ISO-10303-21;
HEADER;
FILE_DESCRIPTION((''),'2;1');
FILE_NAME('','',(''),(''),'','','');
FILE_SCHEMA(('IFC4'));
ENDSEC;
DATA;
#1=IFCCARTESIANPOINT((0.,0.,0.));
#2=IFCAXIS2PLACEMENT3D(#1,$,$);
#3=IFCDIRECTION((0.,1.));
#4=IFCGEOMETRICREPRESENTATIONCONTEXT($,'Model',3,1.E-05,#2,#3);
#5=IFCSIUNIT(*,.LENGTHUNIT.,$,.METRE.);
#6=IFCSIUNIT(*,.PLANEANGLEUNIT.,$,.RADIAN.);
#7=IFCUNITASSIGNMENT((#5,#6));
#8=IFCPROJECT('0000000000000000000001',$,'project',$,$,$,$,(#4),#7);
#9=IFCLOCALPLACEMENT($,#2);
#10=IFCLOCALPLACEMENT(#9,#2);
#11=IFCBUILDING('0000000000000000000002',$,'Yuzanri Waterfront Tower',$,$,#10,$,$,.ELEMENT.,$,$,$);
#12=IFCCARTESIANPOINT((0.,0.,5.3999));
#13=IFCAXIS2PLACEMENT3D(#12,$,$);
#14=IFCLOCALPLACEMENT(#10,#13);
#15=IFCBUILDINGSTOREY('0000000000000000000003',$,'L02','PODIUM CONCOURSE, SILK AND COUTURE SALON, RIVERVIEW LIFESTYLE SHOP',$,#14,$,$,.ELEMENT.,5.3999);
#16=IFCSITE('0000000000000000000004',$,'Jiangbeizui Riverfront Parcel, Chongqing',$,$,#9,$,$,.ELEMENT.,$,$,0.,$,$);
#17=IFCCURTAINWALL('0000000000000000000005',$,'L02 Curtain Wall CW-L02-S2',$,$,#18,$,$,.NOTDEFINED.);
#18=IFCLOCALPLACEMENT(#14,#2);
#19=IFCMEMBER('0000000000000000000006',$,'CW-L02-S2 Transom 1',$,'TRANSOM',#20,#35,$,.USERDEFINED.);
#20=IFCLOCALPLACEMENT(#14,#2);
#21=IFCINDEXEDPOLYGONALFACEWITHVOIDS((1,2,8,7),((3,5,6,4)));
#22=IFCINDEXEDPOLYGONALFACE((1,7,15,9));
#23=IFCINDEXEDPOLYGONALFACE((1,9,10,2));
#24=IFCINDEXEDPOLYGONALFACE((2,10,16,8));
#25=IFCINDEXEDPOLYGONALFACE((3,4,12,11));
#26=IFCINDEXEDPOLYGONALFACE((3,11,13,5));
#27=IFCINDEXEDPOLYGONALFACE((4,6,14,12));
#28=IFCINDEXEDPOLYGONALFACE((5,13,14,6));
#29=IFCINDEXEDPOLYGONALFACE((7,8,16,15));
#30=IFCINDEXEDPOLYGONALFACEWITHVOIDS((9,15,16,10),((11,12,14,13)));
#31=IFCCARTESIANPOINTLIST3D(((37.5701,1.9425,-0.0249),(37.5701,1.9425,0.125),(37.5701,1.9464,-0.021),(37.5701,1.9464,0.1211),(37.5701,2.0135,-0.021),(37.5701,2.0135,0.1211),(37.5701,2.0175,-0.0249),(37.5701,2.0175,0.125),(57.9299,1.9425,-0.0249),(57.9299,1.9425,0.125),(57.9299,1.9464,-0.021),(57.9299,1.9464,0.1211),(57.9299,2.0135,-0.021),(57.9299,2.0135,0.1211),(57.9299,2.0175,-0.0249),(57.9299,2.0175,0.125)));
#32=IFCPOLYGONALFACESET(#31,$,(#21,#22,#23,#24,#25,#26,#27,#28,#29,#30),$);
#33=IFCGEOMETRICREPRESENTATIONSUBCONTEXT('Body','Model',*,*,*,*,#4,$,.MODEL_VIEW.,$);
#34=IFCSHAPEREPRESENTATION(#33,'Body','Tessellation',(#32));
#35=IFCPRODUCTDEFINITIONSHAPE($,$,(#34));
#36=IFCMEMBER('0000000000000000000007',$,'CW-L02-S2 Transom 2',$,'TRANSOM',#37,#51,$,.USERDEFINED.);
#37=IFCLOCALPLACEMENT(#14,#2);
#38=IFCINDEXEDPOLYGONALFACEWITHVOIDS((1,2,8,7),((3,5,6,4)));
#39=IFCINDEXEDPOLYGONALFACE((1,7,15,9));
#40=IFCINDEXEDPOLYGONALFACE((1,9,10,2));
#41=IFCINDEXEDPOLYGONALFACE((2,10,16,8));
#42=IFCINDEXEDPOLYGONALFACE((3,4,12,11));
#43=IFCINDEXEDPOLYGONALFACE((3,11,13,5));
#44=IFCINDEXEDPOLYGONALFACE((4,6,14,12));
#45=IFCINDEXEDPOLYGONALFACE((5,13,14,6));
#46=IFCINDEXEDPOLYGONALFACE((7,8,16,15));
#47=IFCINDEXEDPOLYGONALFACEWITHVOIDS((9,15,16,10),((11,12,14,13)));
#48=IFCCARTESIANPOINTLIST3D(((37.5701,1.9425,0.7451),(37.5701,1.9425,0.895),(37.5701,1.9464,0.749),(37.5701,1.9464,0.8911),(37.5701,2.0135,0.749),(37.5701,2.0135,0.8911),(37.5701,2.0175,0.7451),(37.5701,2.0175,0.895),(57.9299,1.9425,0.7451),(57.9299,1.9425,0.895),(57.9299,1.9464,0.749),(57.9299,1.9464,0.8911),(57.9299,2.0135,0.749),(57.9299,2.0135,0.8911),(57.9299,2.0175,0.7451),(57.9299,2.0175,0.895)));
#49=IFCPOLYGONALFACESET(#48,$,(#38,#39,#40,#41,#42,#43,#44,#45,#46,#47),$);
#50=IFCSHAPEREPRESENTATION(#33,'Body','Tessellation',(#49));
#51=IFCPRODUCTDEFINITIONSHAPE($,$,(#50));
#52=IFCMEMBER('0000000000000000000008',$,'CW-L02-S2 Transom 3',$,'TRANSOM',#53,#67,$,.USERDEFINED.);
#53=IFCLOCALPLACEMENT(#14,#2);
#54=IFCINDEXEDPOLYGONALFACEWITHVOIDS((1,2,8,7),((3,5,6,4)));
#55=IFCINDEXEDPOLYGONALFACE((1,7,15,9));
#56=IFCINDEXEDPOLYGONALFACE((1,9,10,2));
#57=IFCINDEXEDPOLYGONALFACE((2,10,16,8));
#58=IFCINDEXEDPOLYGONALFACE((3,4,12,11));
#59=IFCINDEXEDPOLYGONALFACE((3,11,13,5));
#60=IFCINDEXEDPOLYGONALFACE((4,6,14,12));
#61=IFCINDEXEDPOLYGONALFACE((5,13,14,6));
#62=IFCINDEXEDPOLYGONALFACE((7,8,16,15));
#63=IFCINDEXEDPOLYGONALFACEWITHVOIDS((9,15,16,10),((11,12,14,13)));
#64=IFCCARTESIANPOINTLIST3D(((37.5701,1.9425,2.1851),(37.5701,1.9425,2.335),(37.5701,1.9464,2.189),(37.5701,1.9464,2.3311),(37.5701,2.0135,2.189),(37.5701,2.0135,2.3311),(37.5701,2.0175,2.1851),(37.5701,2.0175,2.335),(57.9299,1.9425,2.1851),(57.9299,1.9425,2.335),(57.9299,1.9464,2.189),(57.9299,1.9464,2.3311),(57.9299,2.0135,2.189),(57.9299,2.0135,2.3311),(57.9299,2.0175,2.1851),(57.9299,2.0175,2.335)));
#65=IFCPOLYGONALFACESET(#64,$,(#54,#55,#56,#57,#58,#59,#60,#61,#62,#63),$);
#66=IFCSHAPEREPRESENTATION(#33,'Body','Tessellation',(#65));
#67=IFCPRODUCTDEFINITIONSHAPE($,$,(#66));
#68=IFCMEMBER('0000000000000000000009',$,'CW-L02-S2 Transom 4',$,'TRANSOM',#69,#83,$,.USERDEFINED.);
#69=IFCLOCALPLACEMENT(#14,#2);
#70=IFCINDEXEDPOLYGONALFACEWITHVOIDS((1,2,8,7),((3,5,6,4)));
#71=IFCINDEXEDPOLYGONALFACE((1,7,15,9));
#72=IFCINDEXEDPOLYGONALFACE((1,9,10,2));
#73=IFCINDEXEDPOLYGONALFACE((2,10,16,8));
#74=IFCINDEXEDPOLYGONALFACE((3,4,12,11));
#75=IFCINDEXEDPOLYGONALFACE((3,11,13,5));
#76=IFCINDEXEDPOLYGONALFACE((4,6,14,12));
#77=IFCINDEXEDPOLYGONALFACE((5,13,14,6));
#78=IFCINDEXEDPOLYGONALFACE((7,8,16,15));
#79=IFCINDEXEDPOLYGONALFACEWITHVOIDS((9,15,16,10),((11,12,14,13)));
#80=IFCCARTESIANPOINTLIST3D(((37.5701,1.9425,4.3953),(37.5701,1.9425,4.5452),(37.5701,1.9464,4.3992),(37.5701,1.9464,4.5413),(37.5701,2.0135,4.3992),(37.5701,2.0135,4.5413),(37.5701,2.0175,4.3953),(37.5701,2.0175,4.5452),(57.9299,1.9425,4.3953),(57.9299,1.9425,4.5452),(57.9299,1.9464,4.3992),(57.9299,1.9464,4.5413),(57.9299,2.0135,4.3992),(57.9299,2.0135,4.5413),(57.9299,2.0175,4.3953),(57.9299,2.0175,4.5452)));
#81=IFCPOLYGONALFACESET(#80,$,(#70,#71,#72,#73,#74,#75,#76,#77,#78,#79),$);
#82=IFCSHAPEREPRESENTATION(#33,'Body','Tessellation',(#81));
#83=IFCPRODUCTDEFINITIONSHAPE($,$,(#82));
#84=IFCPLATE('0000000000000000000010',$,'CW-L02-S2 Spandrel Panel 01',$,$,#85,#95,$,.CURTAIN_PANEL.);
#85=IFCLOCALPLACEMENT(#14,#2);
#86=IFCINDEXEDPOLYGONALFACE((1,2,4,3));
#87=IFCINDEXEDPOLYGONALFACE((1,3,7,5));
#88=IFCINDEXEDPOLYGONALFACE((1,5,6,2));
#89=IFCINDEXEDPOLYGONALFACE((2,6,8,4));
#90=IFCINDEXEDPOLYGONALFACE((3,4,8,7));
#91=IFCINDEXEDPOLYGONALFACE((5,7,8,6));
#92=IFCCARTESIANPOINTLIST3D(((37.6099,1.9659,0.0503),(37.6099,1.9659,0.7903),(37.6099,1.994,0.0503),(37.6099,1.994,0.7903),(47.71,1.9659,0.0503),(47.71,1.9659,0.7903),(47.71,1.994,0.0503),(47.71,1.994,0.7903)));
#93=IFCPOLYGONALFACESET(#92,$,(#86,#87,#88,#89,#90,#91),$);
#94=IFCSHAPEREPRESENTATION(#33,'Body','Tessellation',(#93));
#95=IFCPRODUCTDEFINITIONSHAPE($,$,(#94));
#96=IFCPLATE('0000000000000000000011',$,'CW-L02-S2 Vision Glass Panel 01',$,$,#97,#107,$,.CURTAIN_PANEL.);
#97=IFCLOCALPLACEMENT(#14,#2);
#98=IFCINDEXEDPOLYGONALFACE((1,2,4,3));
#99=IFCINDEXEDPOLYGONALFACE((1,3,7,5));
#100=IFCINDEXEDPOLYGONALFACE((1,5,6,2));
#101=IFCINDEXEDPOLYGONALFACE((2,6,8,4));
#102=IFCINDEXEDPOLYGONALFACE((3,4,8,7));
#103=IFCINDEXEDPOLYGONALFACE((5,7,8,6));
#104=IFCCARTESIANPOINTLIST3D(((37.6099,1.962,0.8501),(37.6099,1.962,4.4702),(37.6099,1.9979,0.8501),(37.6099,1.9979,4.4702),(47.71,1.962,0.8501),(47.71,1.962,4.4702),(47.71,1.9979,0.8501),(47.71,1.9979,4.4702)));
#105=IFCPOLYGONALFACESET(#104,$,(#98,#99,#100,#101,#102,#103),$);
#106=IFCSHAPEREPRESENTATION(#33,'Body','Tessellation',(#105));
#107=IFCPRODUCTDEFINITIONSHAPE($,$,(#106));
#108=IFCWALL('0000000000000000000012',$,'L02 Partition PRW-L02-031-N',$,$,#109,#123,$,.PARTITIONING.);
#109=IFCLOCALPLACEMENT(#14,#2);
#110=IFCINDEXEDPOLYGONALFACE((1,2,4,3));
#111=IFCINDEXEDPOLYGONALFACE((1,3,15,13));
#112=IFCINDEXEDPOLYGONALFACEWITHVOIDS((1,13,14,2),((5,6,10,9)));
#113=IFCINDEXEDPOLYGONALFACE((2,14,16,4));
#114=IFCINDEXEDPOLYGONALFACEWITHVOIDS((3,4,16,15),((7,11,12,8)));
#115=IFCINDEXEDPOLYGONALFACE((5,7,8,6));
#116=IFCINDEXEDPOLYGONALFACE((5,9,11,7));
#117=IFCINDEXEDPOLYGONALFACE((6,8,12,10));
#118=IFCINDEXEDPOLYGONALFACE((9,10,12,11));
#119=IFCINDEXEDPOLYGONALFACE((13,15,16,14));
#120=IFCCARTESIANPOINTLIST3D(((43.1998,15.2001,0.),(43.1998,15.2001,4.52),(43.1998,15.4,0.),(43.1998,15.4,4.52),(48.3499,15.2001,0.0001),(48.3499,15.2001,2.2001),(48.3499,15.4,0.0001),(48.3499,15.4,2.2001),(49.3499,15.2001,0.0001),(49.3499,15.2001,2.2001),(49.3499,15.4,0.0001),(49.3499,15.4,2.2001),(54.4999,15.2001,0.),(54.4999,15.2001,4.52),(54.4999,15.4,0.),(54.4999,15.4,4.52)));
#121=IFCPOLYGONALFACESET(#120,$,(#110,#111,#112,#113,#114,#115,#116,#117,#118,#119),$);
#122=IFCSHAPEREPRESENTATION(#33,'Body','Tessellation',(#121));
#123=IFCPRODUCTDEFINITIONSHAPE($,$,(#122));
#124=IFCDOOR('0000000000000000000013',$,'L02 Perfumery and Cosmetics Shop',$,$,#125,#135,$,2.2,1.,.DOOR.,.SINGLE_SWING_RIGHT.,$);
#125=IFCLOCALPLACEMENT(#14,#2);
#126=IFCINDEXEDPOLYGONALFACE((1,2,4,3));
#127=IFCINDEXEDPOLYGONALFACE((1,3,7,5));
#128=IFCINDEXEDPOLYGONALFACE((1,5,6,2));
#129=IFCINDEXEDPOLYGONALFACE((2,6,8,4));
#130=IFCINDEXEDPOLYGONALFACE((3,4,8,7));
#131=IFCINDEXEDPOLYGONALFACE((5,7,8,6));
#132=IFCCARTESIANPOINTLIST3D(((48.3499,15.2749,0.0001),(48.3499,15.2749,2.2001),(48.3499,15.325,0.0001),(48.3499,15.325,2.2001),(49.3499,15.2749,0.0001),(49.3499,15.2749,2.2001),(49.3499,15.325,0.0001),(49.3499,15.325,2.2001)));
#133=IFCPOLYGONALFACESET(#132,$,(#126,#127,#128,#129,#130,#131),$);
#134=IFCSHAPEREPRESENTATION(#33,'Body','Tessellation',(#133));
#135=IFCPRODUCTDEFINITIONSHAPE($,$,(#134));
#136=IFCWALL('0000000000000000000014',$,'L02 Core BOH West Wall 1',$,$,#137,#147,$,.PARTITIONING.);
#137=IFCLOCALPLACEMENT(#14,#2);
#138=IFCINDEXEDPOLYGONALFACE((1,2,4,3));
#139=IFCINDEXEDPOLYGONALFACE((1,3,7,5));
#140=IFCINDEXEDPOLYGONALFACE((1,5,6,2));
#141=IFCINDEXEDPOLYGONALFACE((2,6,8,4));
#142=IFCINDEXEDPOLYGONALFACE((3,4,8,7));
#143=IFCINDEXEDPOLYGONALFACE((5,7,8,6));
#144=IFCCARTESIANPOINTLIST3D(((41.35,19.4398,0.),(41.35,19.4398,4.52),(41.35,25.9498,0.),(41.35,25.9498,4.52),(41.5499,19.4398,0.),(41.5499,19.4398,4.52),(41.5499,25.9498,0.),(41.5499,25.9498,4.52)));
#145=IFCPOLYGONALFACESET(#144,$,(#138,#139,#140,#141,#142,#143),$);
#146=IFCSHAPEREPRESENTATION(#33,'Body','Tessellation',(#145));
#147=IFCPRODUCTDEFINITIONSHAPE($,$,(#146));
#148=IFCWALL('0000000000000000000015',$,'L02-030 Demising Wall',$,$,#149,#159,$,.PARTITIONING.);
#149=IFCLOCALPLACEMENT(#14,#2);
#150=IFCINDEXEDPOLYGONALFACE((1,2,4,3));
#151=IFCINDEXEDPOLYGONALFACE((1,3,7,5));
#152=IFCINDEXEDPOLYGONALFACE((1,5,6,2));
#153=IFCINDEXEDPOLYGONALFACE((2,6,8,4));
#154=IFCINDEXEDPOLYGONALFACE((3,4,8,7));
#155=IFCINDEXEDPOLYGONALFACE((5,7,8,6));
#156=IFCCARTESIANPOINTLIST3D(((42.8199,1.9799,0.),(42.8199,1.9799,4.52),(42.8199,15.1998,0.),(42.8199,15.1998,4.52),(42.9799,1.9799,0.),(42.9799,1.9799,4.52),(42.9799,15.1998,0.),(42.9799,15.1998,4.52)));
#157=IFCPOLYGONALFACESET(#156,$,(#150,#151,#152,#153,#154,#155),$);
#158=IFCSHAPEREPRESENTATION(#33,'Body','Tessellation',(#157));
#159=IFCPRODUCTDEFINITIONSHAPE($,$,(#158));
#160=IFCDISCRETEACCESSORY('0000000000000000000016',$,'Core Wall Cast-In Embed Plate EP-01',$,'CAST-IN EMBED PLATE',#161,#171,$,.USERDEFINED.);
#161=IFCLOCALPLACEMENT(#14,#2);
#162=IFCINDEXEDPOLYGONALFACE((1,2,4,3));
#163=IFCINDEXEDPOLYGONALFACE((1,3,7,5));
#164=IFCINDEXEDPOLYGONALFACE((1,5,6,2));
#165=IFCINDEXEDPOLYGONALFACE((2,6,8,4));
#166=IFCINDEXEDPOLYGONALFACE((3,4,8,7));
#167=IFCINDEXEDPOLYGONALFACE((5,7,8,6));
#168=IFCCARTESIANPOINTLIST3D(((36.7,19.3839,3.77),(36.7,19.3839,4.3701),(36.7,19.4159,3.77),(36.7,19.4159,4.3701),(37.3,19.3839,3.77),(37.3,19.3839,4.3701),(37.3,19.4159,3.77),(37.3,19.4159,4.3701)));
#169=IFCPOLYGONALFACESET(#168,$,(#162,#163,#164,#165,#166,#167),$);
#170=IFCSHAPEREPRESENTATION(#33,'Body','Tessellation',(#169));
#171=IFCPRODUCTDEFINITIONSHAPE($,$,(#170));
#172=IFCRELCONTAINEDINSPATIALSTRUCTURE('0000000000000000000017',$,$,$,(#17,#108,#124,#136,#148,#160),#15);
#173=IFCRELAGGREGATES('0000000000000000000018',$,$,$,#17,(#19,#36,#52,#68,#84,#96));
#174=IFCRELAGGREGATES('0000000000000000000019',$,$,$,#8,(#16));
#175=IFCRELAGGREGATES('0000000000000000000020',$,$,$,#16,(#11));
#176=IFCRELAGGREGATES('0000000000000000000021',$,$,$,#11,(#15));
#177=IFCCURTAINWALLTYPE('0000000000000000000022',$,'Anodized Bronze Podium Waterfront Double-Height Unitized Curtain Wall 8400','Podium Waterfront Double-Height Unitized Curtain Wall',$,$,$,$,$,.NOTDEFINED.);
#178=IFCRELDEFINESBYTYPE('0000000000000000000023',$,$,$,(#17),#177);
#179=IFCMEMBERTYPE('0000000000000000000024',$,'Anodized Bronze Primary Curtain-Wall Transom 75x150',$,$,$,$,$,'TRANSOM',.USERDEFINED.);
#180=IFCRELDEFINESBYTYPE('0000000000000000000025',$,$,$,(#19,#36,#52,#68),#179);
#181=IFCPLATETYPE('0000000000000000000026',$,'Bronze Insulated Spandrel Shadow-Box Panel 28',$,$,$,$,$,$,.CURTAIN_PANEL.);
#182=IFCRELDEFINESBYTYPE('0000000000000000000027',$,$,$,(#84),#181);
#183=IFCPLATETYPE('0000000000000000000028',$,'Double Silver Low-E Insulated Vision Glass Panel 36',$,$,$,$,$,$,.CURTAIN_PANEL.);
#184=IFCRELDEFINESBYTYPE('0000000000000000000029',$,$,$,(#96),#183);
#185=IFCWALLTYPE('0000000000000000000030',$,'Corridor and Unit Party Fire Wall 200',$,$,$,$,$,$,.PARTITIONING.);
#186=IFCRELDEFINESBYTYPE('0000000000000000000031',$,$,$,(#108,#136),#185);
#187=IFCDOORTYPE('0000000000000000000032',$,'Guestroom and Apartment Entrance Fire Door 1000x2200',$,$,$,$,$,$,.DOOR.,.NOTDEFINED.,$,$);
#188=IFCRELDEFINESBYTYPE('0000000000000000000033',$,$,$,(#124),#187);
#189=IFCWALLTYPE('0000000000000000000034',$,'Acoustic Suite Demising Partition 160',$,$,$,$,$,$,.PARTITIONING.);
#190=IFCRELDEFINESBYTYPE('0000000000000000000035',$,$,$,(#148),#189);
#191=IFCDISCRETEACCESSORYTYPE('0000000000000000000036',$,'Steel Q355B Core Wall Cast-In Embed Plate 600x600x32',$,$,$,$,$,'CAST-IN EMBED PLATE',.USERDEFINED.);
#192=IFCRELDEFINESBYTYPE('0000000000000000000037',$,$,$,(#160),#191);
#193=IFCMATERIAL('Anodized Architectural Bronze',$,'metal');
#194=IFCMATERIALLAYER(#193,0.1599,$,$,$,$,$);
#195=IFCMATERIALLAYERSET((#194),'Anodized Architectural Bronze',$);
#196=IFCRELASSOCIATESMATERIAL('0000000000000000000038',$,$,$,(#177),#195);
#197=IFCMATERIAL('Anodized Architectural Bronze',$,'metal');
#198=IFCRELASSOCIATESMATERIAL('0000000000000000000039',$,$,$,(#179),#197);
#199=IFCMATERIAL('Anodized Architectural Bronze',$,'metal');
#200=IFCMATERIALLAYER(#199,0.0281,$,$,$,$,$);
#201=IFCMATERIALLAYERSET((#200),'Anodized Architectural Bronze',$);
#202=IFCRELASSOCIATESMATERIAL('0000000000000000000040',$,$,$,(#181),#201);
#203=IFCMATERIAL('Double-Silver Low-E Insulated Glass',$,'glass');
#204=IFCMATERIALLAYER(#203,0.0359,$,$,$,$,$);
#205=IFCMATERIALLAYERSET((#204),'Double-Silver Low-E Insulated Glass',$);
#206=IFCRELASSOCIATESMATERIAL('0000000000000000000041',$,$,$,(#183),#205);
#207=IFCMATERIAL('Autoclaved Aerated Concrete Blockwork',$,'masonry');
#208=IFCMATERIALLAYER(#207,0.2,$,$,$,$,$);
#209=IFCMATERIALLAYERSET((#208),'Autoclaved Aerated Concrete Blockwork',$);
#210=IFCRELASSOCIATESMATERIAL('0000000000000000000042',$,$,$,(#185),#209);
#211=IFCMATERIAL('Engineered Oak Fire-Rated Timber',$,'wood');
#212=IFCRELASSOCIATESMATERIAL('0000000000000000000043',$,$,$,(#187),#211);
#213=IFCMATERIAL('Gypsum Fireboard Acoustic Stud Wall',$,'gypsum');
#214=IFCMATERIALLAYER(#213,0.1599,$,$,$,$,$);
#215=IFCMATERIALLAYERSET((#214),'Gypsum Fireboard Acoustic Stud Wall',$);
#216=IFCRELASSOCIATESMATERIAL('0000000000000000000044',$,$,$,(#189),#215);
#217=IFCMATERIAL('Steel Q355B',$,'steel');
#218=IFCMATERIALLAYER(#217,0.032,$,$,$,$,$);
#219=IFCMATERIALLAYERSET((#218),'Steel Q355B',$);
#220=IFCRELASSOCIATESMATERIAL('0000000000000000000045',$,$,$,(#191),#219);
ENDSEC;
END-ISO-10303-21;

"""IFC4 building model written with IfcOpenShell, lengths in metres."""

from ifc_helpers import new_model, si_unit, direction, frame, frame_2d, origin, origin_2d, place, context, subcontext, project, spatial, rectangle, hollow_rectangle, extrude, source, transform, mapped, material, layer, layer_set, material_profile, profile_set, type_object, element, fill, aggregate, save


model = new_model("IFC4")

# Units and contexts
model_context = context("Model", 3, precision=1e-05, world=origin(), true_north=direction((0.0, 1.0)))
body_context = subcontext(model_context, "Body", "Model", "MODEL_VIEW")
ifc_project = project(units=[si_unit("LENGTHUNIT", "METRE"), si_unit("PLANEANGLEUNIT", "RADIAN")], contexts=[model_context])

# Site, building, storey
site_placement = place(None, origin())
site = spatial("IfcSite", under=ifc_project, at=site_placement, Name="Jiangbeizui Riverfront Parcel, Chongqing", CompositionType="ELEMENT", RefElevation=0.0)
building_placement = place(site_placement, origin())
building = spatial("IfcBuilding", under=site, at=building_placement, Name="Yuzanri Waterfront Tower", CompositionType="ELEMENT")
storey_placement = place(building_placement, frame((0.0, 0.0, 5.3999)))
storey = spatial("IfcBuildingStorey", under=building, at=storey_placement, Name="L02", Description="PODIUM CONCOURSE, SILK AND COUTURE SALON, RIVERVIEW LIFESTYLE SHOP", CompositionType="ELEMENT", Elevation=5.3999)

# Curtain wall, members, plates
ifc_material_1 = material(Name="Anodized Architectural Bronze", Category="metal")
ifc_layer_1 = layer(ifc_material_1, 0.1599)
ifc_layer_set_1 = layer_set([ifc_layer_1], Name="Anodized Architectural Bronze")
curtain_wall_type = type_object("IfcCurtainWallType", Name="Anodized Bronze Podium Waterfront Double-Height Unitized Curtain Wall 8400", Description="Podium Waterfront Double-Height Unitized Curtain Wall", PredefinedType="NOTDEFINED", material=ifc_layer_set_1)
curtain_wall_placement = place(storey_placement, origin())
curtain_wall = element("IfcCurtainWall", 1, at=curtain_wall_placement, inside=storey, type_object=curtain_wall_type, Name="L02 Curtain Wall CW-L02-S2", PredefinedType="NOTDEFINED")
ifc_material_2 = material(Name="Anodized Architectural Bronze", Category="metal")
ifc_material_profile_1 = material_profile(ifc_material_2, hollow_rectangle(XDim=0.075, YDim=0.1499, WallThickness=0.0039, at=origin_2d()), Name="CWT 75x150")
ifc_profile_set_1 = profile_set([ifc_material_profile_1], Name="Anodized Architectural Bronze")
member_type_1 = type_object("IfcMemberType", Name="Anodized Bronze Primary Curtain-Wall Transom 75x150", ElementType="TRANSOM", PredefinedType="USERDEFINED", material=ifc_profile_set_1)
shared_shape_1 = source(origin(), body_context, "Body", "SweptSolid", [
    extrude(hollow_rectangle(XDim=0.075, YDim=0.1499, WallThickness=0.0039, at=origin_2d()), origin(), (0.0, 0.0, 1.0), 20.3599),
])
member_1_placement = place(storey_placement, frame((37.5701, 1.98, 0.05), z_axis=(1.0, 0.0, 0.0), x_axis=(0.0, 1.0, 0.0)))
member_1 = element("IfcMember", 2, at=member_1_placement, type_object=member_type_1, Name="CW-L02-S2 Transom 1", ObjectType="TRANSOM", PredefinedType="USERDEFINED", context=body_context, shape_type="MappedRepresentation", body=[
    mapped(shared_shape_1, transform((0.0, 0.0, 0.0), scale=1.0)),
])
member_2_placement = place(storey_placement, frame((37.5701, 1.98, 0.8201), z_axis=(1.0, 0.0, 0.0), x_axis=(0.0, 1.0, 0.0)))
member_2 = element("IfcMember", 3, at=member_2_placement, type_object=member_type_1, Name="CW-L02-S2 Transom 2", ObjectType="TRANSOM", PredefinedType="USERDEFINED", context=body_context, shape_type="MappedRepresentation", body=[
    mapped(shared_shape_1, transform((0.0, 0.0, 0.0), scale=1.0)),
])
member_3_placement = place(storey_placement, frame((37.5701, 1.98, 2.26), z_axis=(1.0, 0.0, 0.0), x_axis=(0.0, 1.0, 0.0)))
member_3 = element("IfcMember", 4, at=member_3_placement, type_object=member_type_1, Name="CW-L02-S2 Transom 3", ObjectType="TRANSOM", PredefinedType="USERDEFINED", context=body_context, shape_type="MappedRepresentation", body=[
    mapped(shared_shape_1, transform((0.0, 0.0, 0.0), scale=1.0)),
])
member_4_placement = place(storey_placement, frame((37.5701, 1.98, 4.4702), z_axis=(1.0, 0.0, 0.0), x_axis=(0.0, 1.0, 0.0)))
member_4 = element("IfcMember", 5, at=member_4_placement, type_object=member_type_1, Name="CW-L02-S2 Transom 4", ObjectType="TRANSOM", PredefinedType="USERDEFINED", context=body_context, shape_type="MappedRepresentation", body=[
    mapped(shared_shape_1, transform((0.0, 0.0, 0.0), scale=1.0)),
])
ifc_material_3 = material(Name="Anodized Architectural Bronze", Category="metal")
ifc_layer_2 = layer(ifc_material_3, 0.0281)
ifc_layer_set_2 = layer_set([ifc_layer_2], Name="Anodized Architectural Bronze")
plate_type_1 = type_object("IfcPlateType", Name="Bronze Insulated Spandrel Shadow-Box Panel 28", PredefinedType="CURTAIN_PANEL", material=ifc_layer_set_2)
shared_shape_2 = source(origin(), body_context, "Body", "SweptSolid", [
    extrude(rectangle(XDim=10.1001, YDim=0.0281, at=origin_2d()), origin(), (0.0, 0.0, 1.0), 0.74),
])
plate_1_placement = place(storey_placement, frame((42.6599, 1.98, 0.0503), z_axis=(0.0, 0.0, 1.0), x_axis=(1.0, 0.0, 0.0)))
plate_1 = element("IfcPlate", 6, at=plate_1_placement, type_object=plate_type_1, Name="CW-L02-S2 Spandrel Panel 01", PredefinedType="CURTAIN_PANEL", context=body_context, shape_type="MappedRepresentation", body=[
    mapped(shared_shape_2, transform((0.0, 0.0, 0.0), scale=1.0)),
])
ifc_material_4 = material(Name="Double-Silver Low-E Insulated Glass", Category="glass")
ifc_layer_3 = layer(ifc_material_4, 0.0359)
ifc_layer_set_3 = layer_set([ifc_layer_3], Name="Double-Silver Low-E Insulated Glass")
plate_type_2 = type_object("IfcPlateType", Name="Double Silver Low-E Insulated Vision Glass Panel 36", PredefinedType="CURTAIN_PANEL", material=ifc_layer_set_3)
shared_shape_3 = source(origin(), body_context, "Body", "SweptSolid", [
    extrude(rectangle(XDim=10.1001, YDim=0.0359, at=origin_2d()), origin(), (0.0, 0.0, 1.0), 3.6201),
])
plate_2_placement = place(storey_placement, frame((42.6599, 1.98, 0.8501), z_axis=(0.0, 0.0, 1.0), x_axis=(1.0, 0.0, 0.0)))
plate_2 = element("IfcPlate", 7, at=plate_2_placement, type_object=plate_type_2, Name="CW-L02-S2 Vision Glass Panel 01", PredefinedType="CURTAIN_PANEL", context=body_context, shape_type="MappedRepresentation", body=[
    mapped(shared_shape_3, transform((0.0, 0.0, 0.0), scale=1.0)),
])
aggregate(curtain_wall, [member_1, member_2, member_3, member_4, plate_1, plate_2])

# Wall, opening, door
ifc_material_5 = material(Name="Autoclaved Aerated Concrete Blockwork", Category="masonry")
ifc_layer_4 = layer(ifc_material_5, 0.2)
ifc_layer_set_4 = layer_set([ifc_layer_4], Name="Autoclaved Aerated Concrete Blockwork")
wall_type_1 = type_object("IfcWallType", Name="Corridor and Unit Party Fire Wall 200", PredefinedType="PARTITIONING", material=ifc_layer_set_4)
wall_1_placement = place(storey_placement, frame((43.2, 15.3, 0.0), z_axis=(0.0, 0.0, 1.0), x_axis=(1.0, 0.0, 0.0)))
wall_1 = element("IfcWall", 8, at=wall_1_placement, inside=storey, type_object=wall_type_1, Name="L02 Partition PRW-L02-031-N", PredefinedType="PARTITIONING", context=body_context, shape_type="SweptSolid", body=[
    extrude(rectangle(XDim=11.3, YDim=0.2, at=frame_2d((5.6499, 0.0))), origin(), (0.0, 0.0, 1.0), 4.52),
])
opening_placement = place(wall_1_placement, frame((5.1499, 0.0, 0.0)))
opening = element("IfcOpeningElement", 9, at=opening_placement, cuts=wall_1, PredefinedType="OPENING", context=body_context, shape_type="SweptSolid", body=[
    extrude(rectangle(XDim=1.0, YDim=2.2, at=frame_2d((0.5, 1.1001))), frame((0.0, 0.1147, 0.0), z_axis=(0.0, -1.0, 0.0), x_axis=(1.0, 0.0, 0.0)), (0.0, 0.0, 1.0), 0.2297),
])
ifc_material_6 = material(Name="Engineered Oak Fire-Rated Timber", Category="wood")
door_type = type_object("IfcDoorType", Name="Guestroom and Apartment Entrance Fire Door 1000x2200", OperationType="NOTDEFINED", PredefinedType="DOOR", material=ifc_material_6)
shared_shape_4 = source(origin(), body_context, "Body", "SweptSolid", [
    extrude(rectangle(XDim=1.0, YDim=2.2, at=frame_2d((0.5, 1.1001))), frame((0.0, 0.0249, 0.0), z_axis=(0.0, -1.0, 0.0), x_axis=(1.0, 0.0, 0.0)), (0.0, 0.0, 1.0), 0.05),
])
door_placement = place(opening_placement, origin())
door = element("IfcDoor", 10, at=door_placement, inside=storey, type_object=door_type, Name="L02 Perfumery and Cosmetics Shop", OperationType="SINGLE_SWING_RIGHT", OverallHeight=2.2, OverallWidth=1.0, PredefinedType="DOOR", context=body_context, shape_type="MappedRepresentation", body=[
    mapped(shared_shape_4, transform((0.0, 0.0, 0.0), scale=1.0)),
])
fill(opening, door)

# Walls
shared_shape_5 = source(origin(), body_context, "Body", "SweptSolid", [
    extrude(rectangle(XDim=6.51, YDim=0.2, at=frame_2d((3.2549, 0.0))), origin(), (0.0, 0.0, 1.0), 4.52),
])
wall_2_placement = place(storey_placement, frame((41.45, 19.4399, 0.0), z_axis=(0.0, 0.0, 1.0), x_axis=(0.0, 1.0, 0.0)))
element("IfcWall", 11, at=wall_2_placement, inside=storey, type_object=wall_type_1, Name="L02 Core BOH West Wall 1", PredefinedType="PARTITIONING", context=body_context, shape_type="MappedRepresentation", body=[
    mapped(shared_shape_5, transform((0.0, 0.0, 0.0), scale=1.0)),
])
ifc_material_7 = material(Name="Gypsum Fireboard Acoustic Stud Wall", Category="gypsum")
ifc_layer_5 = layer(ifc_material_7, 0.1599)
ifc_layer_set_5 = layer_set([ifc_layer_5], Name="Gypsum Fireboard Acoustic Stud Wall")
wall_type_2 = type_object("IfcWallType", Name="Acoustic Suite Demising Partition 160", PredefinedType="PARTITIONING", material=ifc_layer_set_5)
shared_shape_6 = source(origin(), body_context, "Body", "SweptSolid", [
    extrude(rectangle(XDim=13.22, YDim=0.1599, at=frame_2d((6.6099, 0.0))), origin(), (0.0, 0.0, 1.0), 4.52),
])
wall_3_placement = place(storey_placement, frame((42.8999, 1.98, 0.0), z_axis=(0.0, 0.0, 1.0), x_axis=(0.0, 1.0, 0.0)))
element("IfcWall", 12, at=wall_3_placement, inside=storey, type_object=wall_type_2, Name="L02-030 Demising Wall", PredefinedType="PARTITIONING", context=body_context, shape_type="MappedRepresentation", body=[
    mapped(shared_shape_6, transform((0.0, 0.0, 0.0), scale=1.0)),
])

# Discrete accessory
ifc_material_8 = material(Name="Steel Q355B", Category="steel")
ifc_layer_6 = layer(ifc_material_8, 0.032)
ifc_layer_set_6 = layer_set([ifc_layer_6], Name="Steel Q355B")
discrete_accessory_type = type_object("IfcDiscreteAccessoryType", Name="Steel Q355B Core Wall Cast-In Embed Plate 600x600x32", ElementType="CAST-IN EMBED PLATE", PredefinedType="USERDEFINED", material=ifc_layer_set_6)
shared_shape_7 = source(origin(), body_context, "Body", "SweptSolid", [
    extrude(rectangle(XDim=0.6001, YDim=0.032, at=origin_2d()), origin(), (0.0, 0.0, 1.0), 0.6001),
])
discrete_accessory_placement = place(storey_placement, frame((37.0, 19.3999, 3.77), z_axis=(0.0, 0.0, 1.0), x_axis=(1.0, 0.0, 0.0)))
element("IfcDiscreteAccessory", 13, at=discrete_accessory_placement, inside=storey, type_object=discrete_accessory_type, Name="Core Wall Cast-In Embed Plate EP-01", ObjectType="CAST-IN EMBED PLATE", PredefinedType="USERDEFINED", context=body_context, shape_type="MappedRepresentation", body=[
    mapped(shared_shape_7, transform((0.0, 0.0, 0.0), scale=1.0)),
])

save(model, "model.ifc")
